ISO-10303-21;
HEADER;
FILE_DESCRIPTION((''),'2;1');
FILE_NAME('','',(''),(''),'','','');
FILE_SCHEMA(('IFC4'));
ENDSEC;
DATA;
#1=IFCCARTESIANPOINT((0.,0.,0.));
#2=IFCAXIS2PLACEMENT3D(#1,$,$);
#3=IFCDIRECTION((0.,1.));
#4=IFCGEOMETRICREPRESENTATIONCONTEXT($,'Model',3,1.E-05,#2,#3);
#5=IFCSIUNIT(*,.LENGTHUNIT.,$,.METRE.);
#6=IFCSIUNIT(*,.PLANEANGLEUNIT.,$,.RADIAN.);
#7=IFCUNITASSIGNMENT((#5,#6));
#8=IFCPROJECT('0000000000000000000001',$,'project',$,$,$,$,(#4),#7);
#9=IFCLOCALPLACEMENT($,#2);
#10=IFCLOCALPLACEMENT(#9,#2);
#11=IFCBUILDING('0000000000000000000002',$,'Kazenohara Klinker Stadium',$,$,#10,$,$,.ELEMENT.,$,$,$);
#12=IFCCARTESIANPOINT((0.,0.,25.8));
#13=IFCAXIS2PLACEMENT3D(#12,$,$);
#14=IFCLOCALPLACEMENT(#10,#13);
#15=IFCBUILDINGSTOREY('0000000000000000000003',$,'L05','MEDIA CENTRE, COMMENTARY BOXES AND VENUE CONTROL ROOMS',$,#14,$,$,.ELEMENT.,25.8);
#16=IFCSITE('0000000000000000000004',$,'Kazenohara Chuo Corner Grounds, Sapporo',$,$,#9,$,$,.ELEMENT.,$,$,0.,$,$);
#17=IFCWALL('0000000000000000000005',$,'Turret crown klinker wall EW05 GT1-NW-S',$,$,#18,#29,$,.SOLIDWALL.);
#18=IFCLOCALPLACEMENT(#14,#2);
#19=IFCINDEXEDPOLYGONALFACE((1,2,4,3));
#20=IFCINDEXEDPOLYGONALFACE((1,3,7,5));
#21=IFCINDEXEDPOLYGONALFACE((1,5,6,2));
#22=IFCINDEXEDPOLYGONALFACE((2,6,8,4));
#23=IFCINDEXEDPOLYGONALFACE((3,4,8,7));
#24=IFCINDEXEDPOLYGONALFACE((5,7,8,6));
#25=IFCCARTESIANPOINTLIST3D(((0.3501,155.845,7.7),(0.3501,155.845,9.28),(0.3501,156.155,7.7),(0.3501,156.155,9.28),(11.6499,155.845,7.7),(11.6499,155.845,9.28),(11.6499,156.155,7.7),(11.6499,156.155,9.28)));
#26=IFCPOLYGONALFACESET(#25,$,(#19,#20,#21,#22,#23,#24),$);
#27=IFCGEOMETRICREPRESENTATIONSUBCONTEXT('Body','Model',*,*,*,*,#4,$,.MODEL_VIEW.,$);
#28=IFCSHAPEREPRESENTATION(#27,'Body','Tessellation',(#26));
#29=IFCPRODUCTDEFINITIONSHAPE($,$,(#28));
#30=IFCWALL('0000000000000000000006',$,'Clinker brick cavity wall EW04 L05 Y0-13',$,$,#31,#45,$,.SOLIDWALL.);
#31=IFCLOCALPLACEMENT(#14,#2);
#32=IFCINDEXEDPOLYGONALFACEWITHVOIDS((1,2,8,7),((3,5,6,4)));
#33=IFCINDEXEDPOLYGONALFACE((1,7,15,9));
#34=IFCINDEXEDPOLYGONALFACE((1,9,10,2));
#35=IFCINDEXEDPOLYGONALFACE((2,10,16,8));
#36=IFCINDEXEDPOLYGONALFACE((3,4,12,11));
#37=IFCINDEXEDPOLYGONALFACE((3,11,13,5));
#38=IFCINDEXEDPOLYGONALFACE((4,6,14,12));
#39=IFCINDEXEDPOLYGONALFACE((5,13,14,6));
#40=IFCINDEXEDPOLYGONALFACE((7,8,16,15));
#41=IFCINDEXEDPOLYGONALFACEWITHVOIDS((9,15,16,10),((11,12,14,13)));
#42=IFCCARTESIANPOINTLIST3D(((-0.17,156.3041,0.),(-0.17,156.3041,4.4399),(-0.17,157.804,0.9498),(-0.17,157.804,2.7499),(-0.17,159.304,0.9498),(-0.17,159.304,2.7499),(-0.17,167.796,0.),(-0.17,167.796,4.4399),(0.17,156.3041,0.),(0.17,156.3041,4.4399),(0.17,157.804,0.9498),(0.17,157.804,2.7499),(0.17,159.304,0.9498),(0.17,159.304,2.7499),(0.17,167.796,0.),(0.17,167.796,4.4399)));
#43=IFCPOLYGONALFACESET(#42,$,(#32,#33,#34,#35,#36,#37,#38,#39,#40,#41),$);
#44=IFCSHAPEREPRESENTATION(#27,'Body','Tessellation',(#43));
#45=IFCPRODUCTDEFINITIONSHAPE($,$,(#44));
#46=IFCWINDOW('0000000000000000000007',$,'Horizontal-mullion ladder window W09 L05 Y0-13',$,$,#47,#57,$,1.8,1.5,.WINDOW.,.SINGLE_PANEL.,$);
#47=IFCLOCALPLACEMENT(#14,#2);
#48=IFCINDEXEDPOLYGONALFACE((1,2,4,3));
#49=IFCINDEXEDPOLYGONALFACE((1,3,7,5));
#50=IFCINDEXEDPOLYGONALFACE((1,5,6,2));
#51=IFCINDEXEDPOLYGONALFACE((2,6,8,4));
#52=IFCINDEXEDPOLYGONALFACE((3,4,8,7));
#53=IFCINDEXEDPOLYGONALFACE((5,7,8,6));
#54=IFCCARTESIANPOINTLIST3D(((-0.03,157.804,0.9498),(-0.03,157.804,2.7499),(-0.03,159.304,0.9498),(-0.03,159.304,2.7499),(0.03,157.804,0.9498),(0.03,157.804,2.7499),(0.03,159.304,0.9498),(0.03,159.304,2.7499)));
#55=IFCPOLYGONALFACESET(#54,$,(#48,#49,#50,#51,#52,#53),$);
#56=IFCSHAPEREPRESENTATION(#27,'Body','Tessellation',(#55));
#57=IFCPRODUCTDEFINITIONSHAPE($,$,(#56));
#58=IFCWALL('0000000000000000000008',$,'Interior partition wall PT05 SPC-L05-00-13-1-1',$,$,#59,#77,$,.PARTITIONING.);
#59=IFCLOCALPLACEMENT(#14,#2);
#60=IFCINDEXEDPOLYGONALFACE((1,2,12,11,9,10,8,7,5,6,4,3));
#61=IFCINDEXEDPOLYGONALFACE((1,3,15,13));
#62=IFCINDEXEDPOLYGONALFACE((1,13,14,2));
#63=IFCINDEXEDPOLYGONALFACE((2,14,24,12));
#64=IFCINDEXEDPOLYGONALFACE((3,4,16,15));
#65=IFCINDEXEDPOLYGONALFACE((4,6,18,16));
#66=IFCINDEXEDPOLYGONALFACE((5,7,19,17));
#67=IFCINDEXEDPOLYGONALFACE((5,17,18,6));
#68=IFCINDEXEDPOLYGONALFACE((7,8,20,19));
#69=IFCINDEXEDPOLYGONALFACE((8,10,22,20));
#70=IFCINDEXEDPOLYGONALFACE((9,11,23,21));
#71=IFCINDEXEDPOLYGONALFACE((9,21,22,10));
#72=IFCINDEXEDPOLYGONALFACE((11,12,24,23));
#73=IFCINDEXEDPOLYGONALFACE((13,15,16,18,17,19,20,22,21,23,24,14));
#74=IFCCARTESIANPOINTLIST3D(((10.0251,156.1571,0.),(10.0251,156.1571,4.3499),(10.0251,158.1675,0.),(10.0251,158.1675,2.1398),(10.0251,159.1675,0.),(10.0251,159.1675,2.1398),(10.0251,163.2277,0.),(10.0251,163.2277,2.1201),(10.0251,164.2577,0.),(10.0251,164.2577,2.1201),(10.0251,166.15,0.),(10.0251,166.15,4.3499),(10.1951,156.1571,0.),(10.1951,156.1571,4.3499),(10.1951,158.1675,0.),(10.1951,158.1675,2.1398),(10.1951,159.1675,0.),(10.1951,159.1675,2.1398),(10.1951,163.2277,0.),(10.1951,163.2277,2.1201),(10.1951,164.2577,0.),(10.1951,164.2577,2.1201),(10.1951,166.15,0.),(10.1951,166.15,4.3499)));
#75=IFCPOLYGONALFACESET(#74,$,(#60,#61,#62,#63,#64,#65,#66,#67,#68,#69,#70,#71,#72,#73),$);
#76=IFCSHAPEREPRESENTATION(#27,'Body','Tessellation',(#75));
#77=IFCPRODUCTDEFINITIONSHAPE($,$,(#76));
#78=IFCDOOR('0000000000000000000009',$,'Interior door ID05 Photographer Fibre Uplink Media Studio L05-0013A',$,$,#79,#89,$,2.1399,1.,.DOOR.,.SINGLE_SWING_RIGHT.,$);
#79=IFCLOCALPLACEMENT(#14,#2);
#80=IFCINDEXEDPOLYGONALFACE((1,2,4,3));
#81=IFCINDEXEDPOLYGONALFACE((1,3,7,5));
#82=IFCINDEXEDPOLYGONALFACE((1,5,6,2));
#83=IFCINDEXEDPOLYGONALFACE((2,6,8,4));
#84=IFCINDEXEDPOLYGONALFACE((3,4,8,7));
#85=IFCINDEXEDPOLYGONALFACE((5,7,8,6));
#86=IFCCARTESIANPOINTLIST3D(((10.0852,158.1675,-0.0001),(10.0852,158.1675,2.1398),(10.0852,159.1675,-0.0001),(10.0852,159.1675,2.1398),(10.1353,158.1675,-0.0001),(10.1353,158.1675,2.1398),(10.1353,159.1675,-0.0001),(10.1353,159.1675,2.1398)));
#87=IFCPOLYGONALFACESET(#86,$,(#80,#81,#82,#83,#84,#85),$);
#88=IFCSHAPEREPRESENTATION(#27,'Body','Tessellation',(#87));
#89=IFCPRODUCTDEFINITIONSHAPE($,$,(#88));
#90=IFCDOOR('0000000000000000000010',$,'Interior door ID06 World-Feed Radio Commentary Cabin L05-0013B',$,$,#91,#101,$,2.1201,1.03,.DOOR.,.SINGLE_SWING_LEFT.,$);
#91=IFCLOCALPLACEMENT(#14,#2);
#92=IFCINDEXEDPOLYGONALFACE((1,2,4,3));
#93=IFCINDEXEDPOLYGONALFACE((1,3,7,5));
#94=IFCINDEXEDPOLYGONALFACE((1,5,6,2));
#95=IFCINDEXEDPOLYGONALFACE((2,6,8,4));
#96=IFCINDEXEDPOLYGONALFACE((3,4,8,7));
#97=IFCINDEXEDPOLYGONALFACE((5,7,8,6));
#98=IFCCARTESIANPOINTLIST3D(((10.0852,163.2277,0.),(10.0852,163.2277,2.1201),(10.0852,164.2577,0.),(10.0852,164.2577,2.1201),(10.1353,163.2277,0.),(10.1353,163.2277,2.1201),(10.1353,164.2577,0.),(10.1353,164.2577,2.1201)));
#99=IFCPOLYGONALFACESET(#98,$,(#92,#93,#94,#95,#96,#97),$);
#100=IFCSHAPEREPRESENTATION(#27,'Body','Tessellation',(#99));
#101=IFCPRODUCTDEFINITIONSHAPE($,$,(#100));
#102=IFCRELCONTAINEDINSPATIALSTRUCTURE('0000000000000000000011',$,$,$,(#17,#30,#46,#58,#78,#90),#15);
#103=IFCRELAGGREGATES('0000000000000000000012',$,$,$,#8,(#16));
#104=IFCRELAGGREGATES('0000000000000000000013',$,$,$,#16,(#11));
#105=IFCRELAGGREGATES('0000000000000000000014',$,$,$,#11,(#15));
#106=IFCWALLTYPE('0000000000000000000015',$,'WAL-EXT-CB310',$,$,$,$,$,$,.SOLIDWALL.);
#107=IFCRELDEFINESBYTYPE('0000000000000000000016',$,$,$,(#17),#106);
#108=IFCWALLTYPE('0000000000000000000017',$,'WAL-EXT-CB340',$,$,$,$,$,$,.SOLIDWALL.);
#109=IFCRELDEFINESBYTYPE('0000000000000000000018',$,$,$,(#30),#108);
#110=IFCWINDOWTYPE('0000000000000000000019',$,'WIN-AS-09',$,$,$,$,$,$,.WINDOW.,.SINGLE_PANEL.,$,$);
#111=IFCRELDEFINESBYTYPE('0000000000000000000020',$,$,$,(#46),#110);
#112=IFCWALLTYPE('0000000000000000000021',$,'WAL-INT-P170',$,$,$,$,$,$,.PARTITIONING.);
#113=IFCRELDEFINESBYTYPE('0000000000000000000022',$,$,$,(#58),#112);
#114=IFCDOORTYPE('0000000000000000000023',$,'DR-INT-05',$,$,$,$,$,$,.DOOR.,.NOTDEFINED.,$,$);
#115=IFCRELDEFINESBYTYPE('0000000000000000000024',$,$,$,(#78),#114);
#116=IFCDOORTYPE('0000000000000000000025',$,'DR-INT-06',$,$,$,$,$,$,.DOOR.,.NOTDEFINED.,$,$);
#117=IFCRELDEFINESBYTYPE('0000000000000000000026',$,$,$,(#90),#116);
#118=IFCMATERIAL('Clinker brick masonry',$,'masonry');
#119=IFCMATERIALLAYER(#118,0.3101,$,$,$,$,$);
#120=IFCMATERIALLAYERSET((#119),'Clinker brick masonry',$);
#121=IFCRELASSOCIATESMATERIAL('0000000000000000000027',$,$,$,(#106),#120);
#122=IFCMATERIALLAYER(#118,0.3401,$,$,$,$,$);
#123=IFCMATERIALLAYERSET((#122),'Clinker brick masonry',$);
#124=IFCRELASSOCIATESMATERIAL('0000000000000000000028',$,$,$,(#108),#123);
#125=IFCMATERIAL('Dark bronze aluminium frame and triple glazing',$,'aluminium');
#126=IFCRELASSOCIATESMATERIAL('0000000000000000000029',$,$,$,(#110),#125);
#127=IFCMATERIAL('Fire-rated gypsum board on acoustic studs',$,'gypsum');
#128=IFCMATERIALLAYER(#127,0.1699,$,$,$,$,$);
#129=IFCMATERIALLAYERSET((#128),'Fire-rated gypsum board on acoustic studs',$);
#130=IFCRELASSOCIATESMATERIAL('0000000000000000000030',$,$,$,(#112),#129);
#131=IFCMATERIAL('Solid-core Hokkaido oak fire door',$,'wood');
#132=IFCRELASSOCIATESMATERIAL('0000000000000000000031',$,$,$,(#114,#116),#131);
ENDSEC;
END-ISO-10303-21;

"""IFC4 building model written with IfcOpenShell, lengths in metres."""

from ifc_helpers import new_model, si_unit, direction, frame, frame_2d, origin, place, context, subcontext, project, spatial, rectangle, extrude, material, layer, layer_set, type_object, element, fill, save


model = new_model("IFC4")

# Units and contexts
model_context = context("Model", 3, precision=1e-05, world=origin(), true_north=direction((0.0, 1.0)))
body_context = subcontext(model_context, "Body", "Model", "MODEL_VIEW")
ifc_project = project(units=[si_unit("LENGTHUNIT", "METRE"), si_unit("PLANEANGLEUNIT", "RADIAN")], contexts=[model_context])

# Site, building, storey
site_placement = place(None, origin())
site = spatial("IfcSite", under=ifc_project, at=site_placement, Name="Kazenohara Chuo Corner Grounds, Sapporo", CompositionType="ELEMENT", RefElevation=0.0)
building_placement = place(site_placement, origin())
building = spatial("IfcBuilding", under=site, at=building_placement, Name="Kazenohara Klinker Stadium", CompositionType="ELEMENT")
storey_placement = place(building_placement, frame((0.0, 0.0, 25.8)))
storey = spatial("IfcBuildingStorey", under=building, at=storey_placement, Name="L05", Description="MEDIA CENTRE, COMMENTARY BOXES AND VENUE CONTROL ROOMS", CompositionType="ELEMENT", Elevation=25.8)

# Wall
ifc_material_1 = material(Name="Clinker brick masonry", Category="masonry")
ifc_layer_1 = layer(ifc_material_1, 0.3101)
ifc_layer_set_1 = layer_set([ifc_layer_1], Name="Clinker brick masonry")
wall_type_1 = type_object("IfcWallType", Name="WAL-EXT-CB310", PredefinedType="SOLIDWALL", material=ifc_layer_set_1)
wall_1_placement = place(storey_placement, frame((0.3501, 156.0, 7.7), z_axis=(0.0, 0.0, 1.0), x_axis=(1.0, 0.0, 0.0)))
element("IfcWall", 1, at=wall_1_placement, inside=storey, type_object=wall_type_1, Name="Turret crown klinker wall EW05 GT1-NW-S", PredefinedType="SOLIDWALL", context=body_context, shape_type="SweptSolid", body=[
    extrude(rectangle(XDim=11.2998, YDim=0.3101, at=frame_2d((5.6499, 0.0))), origin(), (0.0, 0.0, 1.0), 1.5801),
])

# Wall, opening, window
ifc_layer_2 = layer(ifc_material_1, 0.3401)
ifc_layer_set_2 = layer_set([ifc_layer_2], Name="Clinker brick masonry")
wall_type_2 = type_object("IfcWallType", Name="WAL-EXT-CB340", PredefinedType="SOLIDWALL", material=ifc_layer_set_2)
wall_2_placement = place(storey_placement, frame((0.0, 156.304, 0.0), z_axis=(0.0, 0.0, 1.0), x_axis=(0.0, 1.0, 0.0)))
wall_2 = element("IfcWall", 2, at=wall_2_placement, inside=storey, type_object=wall_type_2, Name="Clinker brick cavity wall EW04 L05 Y0-13", PredefinedType="SOLIDWALL", context=body_context, shape_type="SweptSolid", body=[
    extrude(rectangle(XDim=11.4919, YDim=0.3401, at=frame_2d((5.7461, 0.0))), origin(), (0.0, 0.0, 1.0), 4.4399),
])
opening_1_placement = place(wall_2_placement, frame((1.5, 0.0, 0.95)))
opening_1 = element("IfcOpeningElement", 3, at=opening_1_placement, cuts=wall_2, PredefinedType="OPENING", context=body_context, shape_type="SweptSolid", body=[
    extrude(rectangle(XDim=1.5, YDim=1.8, at=frame_2d((0.75, 0.8999))), frame((0.0, 0.1802, 0.0), z_axis=(0.0, -1.0, 0.0), x_axis=(1.0, 0.0, 0.0)), (0.0, 0.0, 1.0), 0.3601),
])
ifc_material_2 = material(Name="Dark bronze aluminium frame and triple glazing", Category="aluminium")
window_type = type_object("IfcWindowType", Name="WIN-AS-09", PartitioningType="SINGLE_PANEL", PredefinedType="WINDOW", material=ifc_material_2)
window_placement = place(opening_1_placement, origin())
window = element("IfcWindow", 4, at=window_placement, inside=storey, type_object=window_type, Name="Horizontal-mullion ladder window W09 L05 Y0-13", OverallHeight=1.8, OverallWidth=1.5, PartitioningType="SINGLE_PANEL", PredefinedType="WINDOW", context=body_context, shape_type="SweptSolid", body=[
    extrude(rectangle(XDim=1.5, YDim=1.8, at=frame_2d((0.75, 0.8999))), frame((0.0, 0.03, 0.0), z_axis=(0.0, -1.0, 0.0), x_axis=(1.0, 0.0, 0.0)), (0.0, 0.0, 1.0), 0.0601),
])
fill(opening_1, window)

# Wall, openings, doors
ifc_material_3 = material(Name="Fire-rated gypsum board on acoustic studs", Category="gypsum")
ifc_layer_3 = layer(ifc_material_3, 0.1699)
ifc_layer_set_3 = layer_set([ifc_layer_3], Name="Fire-rated gypsum board on acoustic studs")
wall_type_3 = type_object("IfcWallType", Name="WAL-INT-P170", PredefinedType="PARTITIONING", material=ifc_layer_set_3)
wall_3_placement = place(storey_placement, frame((10.1101, 156.157, 0.0), z_axis=(0.0, 0.0, 1.0), x_axis=(0.0, 1.0, 0.0)))
wall_3 = element("IfcWall", 5, at=wall_3_placement, inside=storey, type_object=wall_type_3, Name="Interior partition wall PT05 SPC-L05-00-13-1-1", PredefinedType="PARTITIONING", context=body_context, shape_type="SweptSolid", body=[
    extrude(rectangle(XDim=9.9929, YDim=0.1699, at=frame_2d((4.9966, 0.0))), origin(), (0.0, 0.0, 1.0), 4.3499),
])
opening_2_placement = place(wall_3_placement, frame((2.0105, 0.0, 0.0)))
opening_2 = element("IfcOpeningElement", 6, at=opening_2_placement, cuts=wall_3, PredefinedType="OPENING", context=body_context, shape_type="SweptSolid", body=[
    extrude(rectangle(XDim=1.0, YDim=2.1399, at=frame_2d((0.5, 1.0698))), frame((0.0, 0.095, 0.0), z_axis=(0.0, -1.0, 0.0), x_axis=(1.0, 0.0, 0.0)), (0.0, 0.0, 1.0), 0.1899),
])
opening_3_placement = place(wall_3_placement, frame((7.0706, 0.0, 0.0)))
opening_3 = element("IfcOpeningElement", 7, at=opening_3_placement, cuts=wall_3, PredefinedType="OPENING", context=body_context, shape_type="SweptSolid", body=[
    extrude(rectangle(XDim=1.03, YDim=2.1201, at=frame_2d((0.5151, 1.0601))), frame((0.0, 0.095, 0.0), z_axis=(0.0, -1.0, 0.0), x_axis=(1.0, 0.0, 0.0)), (0.0, 0.0, 1.0), 0.1899),
])
ifc_material_4 = material(Name="Solid-core Hokkaido oak fire door", Category="wood")
door_type_1 = type_object("IfcDoorType", Name="DR-INT-05", OperationType="NOTDEFINED", PredefinedType="DOOR", material=ifc_material_4)
door_1_placement = place(opening_2_placement, origin())
door_1 = element("IfcDoor", 8, at=door_1_placement, inside=storey, type_object=door_type_1, Name="Interior door ID05 Photographer Fibre Uplink Media Studio L05-0013A", OperationType="SINGLE_SWING_RIGHT", OverallHeight=2.1399, OverallWidth=1.0, PredefinedType="DOOR", context=body_context, shape_type="SweptSolid", body=[
    extrude(rectangle(XDim=1.0, YDim=2.1399, at=frame_2d((0.5, 1.0698))), frame((0.0, 0.0249, 0.0), z_axis=(0.0, -1.0, 0.0), x_axis=(1.0, 0.0, 0.0)), (0.0, 0.0, 1.0), 0.05),
])
fill(opening_2, door_1)
door_type_2 = type_object("IfcDoorType", Name="DR-INT-06", OperationType="NOTDEFINED", PredefinedType="DOOR", material=ifc_material_4)
door_2_placement = place(opening_3_placement, origin())
door_2 = element("IfcDoor", 9, at=door_2_placement, inside=storey, type_object=door_type_2, Name="Interior door ID06 World-Feed Radio Commentary Cabin L05-0013B", OperationType="SINGLE_SWING_LEFT", OverallHeight=2.1201, OverallWidth=1.03, PredefinedType="DOOR", context=body_context, shape_type="SweptSolid", body=[
    extrude(rectangle(XDim=1.03, YDim=2.1201, at=frame_2d((0.5151, 1.0601))), frame((0.0, 0.0249, 0.0), z_axis=(0.0, -1.0, 0.0), x_axis=(1.0, 0.0, 0.0)), (0.0, 0.0, 1.0), 0.05),
])
fill(opening_3, door_2)

save(model, "model.ifc")
